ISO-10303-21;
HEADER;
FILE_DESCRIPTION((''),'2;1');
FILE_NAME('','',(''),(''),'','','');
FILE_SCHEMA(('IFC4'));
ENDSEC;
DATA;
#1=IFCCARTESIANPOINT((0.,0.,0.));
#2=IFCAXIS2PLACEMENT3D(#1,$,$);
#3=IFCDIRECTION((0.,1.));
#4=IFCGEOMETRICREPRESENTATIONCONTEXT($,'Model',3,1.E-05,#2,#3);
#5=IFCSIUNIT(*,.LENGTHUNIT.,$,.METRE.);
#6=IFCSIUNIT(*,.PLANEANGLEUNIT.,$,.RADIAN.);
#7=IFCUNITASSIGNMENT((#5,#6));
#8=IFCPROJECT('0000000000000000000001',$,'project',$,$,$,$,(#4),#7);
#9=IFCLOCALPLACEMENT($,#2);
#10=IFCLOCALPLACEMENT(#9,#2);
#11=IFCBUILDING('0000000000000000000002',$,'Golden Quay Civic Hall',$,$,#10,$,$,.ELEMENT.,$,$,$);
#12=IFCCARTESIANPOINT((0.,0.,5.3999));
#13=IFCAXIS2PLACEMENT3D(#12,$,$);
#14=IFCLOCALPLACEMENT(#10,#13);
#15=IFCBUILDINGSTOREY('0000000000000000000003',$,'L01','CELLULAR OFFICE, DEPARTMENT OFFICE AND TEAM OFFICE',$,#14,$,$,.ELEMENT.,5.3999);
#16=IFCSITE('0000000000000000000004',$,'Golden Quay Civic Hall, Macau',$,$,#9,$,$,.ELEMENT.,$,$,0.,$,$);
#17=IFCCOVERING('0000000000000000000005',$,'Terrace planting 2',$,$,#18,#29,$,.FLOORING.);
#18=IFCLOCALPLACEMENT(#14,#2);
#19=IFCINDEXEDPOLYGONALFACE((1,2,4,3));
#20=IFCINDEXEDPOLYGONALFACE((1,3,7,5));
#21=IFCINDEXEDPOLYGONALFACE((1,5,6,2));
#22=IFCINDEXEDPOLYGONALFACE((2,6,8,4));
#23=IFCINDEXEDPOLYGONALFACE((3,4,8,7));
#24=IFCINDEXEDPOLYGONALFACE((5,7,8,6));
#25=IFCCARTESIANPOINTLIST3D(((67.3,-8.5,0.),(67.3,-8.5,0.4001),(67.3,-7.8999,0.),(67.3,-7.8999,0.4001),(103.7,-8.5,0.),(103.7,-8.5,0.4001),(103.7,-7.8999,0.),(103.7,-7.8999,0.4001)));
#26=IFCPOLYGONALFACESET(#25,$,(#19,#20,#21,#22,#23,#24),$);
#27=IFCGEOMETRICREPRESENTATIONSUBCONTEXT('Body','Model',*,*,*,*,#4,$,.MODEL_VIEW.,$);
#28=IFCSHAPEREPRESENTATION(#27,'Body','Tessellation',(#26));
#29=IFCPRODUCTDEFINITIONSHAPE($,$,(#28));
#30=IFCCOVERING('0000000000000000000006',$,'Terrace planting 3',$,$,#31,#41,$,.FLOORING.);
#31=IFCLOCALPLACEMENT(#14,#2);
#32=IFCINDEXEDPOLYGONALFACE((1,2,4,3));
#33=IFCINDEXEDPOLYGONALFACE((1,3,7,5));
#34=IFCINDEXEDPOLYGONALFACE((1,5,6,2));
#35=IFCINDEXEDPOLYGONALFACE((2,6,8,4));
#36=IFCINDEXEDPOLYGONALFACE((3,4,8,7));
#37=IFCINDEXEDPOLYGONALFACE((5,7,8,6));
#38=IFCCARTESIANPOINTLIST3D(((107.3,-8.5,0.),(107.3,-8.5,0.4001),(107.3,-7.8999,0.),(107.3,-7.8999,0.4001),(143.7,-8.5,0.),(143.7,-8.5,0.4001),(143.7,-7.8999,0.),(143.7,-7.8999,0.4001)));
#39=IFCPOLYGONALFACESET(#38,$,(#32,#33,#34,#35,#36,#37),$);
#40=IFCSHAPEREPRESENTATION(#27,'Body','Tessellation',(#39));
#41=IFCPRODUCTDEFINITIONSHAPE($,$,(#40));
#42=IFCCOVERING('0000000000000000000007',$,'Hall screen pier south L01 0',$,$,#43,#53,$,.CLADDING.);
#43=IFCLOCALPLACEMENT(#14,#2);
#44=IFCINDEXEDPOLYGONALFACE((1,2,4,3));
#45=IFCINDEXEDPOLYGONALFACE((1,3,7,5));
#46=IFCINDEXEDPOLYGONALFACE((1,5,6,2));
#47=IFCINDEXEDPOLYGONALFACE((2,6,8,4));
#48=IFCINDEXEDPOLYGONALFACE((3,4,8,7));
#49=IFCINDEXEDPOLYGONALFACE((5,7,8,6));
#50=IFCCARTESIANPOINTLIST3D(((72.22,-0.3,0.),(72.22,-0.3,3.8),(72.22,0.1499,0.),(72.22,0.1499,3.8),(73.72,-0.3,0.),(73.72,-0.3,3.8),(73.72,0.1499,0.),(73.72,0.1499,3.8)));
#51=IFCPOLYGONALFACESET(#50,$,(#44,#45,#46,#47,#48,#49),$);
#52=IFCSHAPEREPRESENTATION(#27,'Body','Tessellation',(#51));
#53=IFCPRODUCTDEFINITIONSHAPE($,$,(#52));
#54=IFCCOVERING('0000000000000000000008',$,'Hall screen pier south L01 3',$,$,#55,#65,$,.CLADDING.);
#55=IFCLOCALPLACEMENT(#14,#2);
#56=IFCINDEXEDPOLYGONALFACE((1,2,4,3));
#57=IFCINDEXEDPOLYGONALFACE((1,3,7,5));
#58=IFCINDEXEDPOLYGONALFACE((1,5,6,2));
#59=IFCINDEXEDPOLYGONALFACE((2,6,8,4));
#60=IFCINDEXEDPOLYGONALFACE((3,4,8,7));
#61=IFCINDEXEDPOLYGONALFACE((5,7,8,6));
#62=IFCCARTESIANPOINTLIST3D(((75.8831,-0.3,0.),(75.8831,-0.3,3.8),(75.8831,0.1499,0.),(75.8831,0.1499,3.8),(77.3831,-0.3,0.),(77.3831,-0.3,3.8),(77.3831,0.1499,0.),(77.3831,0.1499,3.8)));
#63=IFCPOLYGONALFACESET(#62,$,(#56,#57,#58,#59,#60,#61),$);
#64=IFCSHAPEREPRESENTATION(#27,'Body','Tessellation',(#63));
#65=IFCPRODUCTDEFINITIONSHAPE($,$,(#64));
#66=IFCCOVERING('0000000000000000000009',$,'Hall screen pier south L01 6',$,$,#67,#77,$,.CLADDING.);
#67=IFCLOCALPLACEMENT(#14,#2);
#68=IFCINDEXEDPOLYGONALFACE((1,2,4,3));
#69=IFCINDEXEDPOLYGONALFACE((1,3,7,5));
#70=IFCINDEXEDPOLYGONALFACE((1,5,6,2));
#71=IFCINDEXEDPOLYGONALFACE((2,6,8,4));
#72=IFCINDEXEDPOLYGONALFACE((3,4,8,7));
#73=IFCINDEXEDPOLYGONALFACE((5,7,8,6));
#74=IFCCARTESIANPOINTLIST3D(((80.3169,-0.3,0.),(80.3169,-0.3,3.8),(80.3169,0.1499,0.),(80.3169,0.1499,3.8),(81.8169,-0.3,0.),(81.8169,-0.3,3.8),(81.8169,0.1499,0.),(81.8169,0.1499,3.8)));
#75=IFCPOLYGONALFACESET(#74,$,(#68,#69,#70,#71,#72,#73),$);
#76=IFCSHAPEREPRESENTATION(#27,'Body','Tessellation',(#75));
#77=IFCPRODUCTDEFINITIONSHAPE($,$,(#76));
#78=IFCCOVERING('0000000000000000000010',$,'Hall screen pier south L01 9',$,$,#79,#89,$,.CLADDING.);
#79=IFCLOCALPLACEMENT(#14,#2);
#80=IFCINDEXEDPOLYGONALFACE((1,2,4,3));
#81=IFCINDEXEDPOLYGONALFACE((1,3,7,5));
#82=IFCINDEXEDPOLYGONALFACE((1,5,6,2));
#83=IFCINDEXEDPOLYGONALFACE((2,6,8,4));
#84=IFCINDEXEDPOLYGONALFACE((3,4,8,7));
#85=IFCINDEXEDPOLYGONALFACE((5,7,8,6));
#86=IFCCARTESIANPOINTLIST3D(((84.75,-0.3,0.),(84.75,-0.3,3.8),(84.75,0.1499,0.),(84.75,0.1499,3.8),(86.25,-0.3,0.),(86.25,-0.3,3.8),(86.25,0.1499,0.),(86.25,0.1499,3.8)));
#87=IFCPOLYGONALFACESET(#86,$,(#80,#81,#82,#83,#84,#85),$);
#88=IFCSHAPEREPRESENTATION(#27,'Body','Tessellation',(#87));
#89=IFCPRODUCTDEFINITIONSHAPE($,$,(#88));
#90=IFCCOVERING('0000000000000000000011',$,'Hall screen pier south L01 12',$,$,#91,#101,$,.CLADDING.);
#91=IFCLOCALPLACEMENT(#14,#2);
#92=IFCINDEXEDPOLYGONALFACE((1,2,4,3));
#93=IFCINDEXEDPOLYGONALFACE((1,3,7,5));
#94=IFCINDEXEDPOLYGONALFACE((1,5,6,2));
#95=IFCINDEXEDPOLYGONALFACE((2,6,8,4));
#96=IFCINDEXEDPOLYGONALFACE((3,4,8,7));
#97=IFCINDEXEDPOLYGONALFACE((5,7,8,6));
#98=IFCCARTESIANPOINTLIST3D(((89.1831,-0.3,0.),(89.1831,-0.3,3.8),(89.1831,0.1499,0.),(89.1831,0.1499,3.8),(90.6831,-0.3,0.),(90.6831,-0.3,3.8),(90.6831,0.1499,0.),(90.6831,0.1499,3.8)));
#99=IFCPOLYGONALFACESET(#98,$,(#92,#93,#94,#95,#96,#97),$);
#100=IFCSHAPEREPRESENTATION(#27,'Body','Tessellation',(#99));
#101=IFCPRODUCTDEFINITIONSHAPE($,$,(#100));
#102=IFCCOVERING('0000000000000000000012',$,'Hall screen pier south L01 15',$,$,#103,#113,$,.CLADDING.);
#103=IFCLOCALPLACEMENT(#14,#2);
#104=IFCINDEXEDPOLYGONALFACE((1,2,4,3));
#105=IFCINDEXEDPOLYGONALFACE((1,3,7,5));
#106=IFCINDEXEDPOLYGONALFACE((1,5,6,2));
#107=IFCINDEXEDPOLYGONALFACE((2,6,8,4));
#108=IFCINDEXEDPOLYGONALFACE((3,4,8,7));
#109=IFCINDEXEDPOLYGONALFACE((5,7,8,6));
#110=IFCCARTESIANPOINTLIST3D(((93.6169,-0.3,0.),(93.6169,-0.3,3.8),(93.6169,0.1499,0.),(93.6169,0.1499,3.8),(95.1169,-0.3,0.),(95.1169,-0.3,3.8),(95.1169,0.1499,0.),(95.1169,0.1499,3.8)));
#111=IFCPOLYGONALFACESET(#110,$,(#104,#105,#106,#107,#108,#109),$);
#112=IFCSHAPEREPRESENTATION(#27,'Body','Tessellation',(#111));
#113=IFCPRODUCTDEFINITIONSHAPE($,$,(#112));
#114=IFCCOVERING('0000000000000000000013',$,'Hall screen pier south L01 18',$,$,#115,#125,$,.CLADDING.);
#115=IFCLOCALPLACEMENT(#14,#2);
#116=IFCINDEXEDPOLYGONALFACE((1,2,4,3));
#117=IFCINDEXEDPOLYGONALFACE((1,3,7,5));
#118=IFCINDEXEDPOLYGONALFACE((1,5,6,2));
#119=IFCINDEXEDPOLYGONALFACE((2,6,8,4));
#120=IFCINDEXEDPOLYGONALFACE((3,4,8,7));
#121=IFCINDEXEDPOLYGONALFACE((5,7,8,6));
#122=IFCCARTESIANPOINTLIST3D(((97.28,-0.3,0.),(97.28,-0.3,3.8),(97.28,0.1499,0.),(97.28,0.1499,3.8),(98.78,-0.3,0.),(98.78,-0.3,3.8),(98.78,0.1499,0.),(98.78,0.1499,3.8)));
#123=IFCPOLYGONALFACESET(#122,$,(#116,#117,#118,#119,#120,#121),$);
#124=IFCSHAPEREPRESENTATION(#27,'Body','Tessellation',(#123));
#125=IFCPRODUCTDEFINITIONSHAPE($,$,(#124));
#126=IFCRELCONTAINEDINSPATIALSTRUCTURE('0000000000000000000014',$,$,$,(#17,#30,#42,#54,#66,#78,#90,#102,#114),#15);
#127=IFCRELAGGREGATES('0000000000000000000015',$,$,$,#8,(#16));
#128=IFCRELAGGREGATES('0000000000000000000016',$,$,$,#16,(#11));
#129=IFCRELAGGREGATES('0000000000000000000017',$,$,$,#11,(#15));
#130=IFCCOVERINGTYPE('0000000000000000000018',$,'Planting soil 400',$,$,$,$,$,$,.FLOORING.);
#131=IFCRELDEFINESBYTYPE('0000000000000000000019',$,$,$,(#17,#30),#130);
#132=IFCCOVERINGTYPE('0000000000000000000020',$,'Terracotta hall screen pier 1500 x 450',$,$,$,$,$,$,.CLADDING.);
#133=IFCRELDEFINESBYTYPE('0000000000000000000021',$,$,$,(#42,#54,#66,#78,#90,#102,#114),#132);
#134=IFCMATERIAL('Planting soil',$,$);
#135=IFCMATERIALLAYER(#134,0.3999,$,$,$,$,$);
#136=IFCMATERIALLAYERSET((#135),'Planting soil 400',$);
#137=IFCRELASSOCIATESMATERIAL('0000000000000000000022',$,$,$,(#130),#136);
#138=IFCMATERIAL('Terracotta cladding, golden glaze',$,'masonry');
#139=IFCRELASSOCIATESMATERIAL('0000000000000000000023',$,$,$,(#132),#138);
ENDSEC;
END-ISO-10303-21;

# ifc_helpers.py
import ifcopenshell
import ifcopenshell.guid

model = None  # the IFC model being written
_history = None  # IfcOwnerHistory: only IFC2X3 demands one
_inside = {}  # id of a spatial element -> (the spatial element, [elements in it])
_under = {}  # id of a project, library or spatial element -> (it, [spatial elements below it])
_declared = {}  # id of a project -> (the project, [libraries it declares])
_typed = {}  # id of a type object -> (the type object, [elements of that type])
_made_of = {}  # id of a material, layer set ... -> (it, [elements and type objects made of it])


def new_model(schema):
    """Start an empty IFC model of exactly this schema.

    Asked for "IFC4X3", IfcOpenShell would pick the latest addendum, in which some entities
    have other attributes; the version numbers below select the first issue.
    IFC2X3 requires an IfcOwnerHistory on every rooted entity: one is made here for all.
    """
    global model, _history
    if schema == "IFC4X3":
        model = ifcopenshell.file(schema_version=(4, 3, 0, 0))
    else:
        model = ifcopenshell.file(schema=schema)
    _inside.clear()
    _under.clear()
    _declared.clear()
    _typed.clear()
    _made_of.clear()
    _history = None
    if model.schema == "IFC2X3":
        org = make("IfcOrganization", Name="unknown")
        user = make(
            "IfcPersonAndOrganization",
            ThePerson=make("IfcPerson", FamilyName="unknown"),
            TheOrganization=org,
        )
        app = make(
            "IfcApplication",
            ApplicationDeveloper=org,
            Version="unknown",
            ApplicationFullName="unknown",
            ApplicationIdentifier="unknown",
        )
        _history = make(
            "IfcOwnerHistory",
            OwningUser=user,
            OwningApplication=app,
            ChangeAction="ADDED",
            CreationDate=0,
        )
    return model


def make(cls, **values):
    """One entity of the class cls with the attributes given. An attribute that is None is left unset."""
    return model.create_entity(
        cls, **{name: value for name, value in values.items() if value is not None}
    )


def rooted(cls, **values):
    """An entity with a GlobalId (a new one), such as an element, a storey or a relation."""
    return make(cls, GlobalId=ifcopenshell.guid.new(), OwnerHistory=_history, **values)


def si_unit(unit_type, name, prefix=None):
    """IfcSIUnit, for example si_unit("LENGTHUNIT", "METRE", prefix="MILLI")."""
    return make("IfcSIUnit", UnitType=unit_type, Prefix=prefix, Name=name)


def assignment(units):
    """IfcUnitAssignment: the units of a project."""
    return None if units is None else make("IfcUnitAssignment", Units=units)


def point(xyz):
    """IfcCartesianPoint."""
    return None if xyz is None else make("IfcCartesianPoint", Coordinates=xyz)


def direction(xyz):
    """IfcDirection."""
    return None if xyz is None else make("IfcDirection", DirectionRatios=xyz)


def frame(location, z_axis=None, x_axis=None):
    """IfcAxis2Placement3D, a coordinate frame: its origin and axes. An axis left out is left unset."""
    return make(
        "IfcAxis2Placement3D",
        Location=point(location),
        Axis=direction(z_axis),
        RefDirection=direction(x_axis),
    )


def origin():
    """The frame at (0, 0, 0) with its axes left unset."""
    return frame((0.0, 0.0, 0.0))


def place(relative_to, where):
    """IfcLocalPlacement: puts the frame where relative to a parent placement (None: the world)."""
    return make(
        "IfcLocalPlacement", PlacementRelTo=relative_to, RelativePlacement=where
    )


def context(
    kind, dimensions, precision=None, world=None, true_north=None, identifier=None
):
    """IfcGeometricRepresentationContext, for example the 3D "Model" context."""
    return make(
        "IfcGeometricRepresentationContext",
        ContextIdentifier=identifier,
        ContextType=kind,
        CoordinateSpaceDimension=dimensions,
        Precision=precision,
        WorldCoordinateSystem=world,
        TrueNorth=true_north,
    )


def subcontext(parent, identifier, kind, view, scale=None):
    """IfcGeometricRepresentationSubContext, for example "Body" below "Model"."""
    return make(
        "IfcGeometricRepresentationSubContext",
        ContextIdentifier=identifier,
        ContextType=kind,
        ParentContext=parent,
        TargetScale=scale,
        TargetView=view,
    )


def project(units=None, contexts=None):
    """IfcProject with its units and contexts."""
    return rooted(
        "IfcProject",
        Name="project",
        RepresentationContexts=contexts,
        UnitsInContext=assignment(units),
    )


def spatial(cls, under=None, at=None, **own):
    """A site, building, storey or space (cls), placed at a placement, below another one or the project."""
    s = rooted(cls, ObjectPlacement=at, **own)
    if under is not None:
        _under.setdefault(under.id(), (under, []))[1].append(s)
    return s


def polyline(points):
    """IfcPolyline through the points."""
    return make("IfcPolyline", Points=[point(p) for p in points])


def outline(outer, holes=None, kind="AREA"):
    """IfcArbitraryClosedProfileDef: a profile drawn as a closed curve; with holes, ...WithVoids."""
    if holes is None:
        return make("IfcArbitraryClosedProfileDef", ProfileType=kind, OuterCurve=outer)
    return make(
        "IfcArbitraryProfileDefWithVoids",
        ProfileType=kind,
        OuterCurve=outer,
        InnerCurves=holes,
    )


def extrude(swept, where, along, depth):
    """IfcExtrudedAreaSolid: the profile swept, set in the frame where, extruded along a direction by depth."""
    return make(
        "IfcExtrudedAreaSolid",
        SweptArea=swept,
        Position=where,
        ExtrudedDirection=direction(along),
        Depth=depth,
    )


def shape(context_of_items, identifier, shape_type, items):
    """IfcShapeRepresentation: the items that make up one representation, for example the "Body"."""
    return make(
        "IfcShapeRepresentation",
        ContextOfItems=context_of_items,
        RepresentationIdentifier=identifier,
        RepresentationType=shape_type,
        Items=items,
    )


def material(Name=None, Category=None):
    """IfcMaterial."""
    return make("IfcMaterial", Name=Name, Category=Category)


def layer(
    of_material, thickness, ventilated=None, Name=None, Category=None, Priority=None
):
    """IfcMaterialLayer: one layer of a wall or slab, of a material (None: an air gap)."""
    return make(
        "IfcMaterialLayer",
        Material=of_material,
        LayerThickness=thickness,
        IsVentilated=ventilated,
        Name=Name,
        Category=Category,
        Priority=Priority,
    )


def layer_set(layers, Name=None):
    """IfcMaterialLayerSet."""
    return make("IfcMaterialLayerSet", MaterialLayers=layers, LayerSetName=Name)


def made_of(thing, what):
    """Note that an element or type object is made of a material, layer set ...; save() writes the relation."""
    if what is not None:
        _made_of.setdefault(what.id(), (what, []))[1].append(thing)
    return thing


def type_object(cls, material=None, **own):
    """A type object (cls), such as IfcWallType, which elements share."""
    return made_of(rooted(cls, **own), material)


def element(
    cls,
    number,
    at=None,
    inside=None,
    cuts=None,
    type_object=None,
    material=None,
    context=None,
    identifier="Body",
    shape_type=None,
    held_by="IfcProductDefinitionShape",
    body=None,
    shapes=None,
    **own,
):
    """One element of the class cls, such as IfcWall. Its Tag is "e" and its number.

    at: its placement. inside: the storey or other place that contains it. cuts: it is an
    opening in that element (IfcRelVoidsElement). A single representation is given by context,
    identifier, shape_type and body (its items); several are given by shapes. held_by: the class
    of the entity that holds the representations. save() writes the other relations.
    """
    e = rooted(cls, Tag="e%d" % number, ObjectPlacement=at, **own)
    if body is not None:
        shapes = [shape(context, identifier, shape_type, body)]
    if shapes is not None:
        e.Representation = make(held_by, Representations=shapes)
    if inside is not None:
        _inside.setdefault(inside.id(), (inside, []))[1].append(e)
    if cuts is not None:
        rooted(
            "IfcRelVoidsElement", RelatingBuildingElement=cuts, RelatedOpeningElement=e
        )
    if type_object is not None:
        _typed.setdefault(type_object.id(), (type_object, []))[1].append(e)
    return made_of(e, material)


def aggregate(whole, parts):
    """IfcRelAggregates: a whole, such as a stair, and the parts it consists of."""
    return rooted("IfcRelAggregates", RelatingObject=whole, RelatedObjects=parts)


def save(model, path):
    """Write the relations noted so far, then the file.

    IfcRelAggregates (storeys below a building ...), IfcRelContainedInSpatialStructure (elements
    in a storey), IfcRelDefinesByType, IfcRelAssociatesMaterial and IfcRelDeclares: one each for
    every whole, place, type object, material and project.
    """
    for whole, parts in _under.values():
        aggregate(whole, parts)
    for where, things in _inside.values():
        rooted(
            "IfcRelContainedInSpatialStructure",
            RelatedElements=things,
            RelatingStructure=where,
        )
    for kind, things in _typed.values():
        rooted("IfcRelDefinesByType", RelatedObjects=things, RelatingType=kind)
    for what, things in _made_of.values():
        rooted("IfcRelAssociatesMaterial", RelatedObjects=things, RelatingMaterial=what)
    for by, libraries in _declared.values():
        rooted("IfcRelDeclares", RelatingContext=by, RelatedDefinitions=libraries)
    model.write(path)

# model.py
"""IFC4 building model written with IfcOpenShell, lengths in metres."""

from ifc_helpers import new_model, si_unit, direction, frame, origin, place, context, subcontext, project, spatial, polyline, outline, extrude, material, layer, layer_set, type_object, element, save


model = new_model("IFC4")

# Units and contexts
model_context = context("Model", 3, precision=1e-05, world=origin(), true_north=direction((0.0, 1.0)))
body_context = subcontext(model_context, "Body", "Model", "MODEL_VIEW")
ifc_project = project(units=[si_unit("LENGTHUNIT", "METRE"), si_unit("PLANEANGLEUNIT", "RADIAN")], contexts=[model_context])

# Site, building, storey
site_placement = place(None, origin())
site = spatial("IfcSite", under=ifc_project, at=site_placement, Name="Golden Quay Civic Hall, Macau", CompositionType="ELEMENT", RefElevation=0.0)
building_placement = place(site_placement, origin())
building = spatial("IfcBuilding", under=site, at=building_placement, Name="Golden Quay Civic Hall", CompositionType="ELEMENT")
storey_placement = place(building_placement, frame((0.0, 0.0, 5.3999)))
storey = spatial("IfcBuildingStorey", under=building, at=storey_placement, Name="L01", Description="CELLULAR OFFICE, DEPARTMENT OFFICE AND TEAM OFFICE", CompositionType="ELEMENT", Elevation=5.3999)

# Coverings
ifc_material_1 = material(Name="Planting soil")
ifc_layer_1 = layer(ifc_material_1, 0.3999)
ifc_layer_set_1 = layer_set([ifc_layer_1], Name="Planting soil 400")
covering_type_1 = type_object("IfcCoveringType", Name="Planting soil 400", PredefinedType="FLOORING", material=ifc_layer_set_1)
covering_1_placement = place(storey_placement, origin())
element("IfcCovering", 1, at=covering_1_placement, inside=storey, type_object=covering_type_1, Name="Terrace planting 2", PredefinedType="FLOORING", context=body_context, shape_type="SweptSolid", body=[
    extrude(outline(polyline([(67.3, -8.5), (103.7, -8.5), (103.7, -7.8999), (67.3, -7.8999), (67.3, -8.5)])), origin(), (0.0, 0.0, 1.0), 0.4001),
])
covering_2_placement = place(storey_placement, origin())
element("IfcCovering", 2, at=covering_2_placement, inside=storey, type_object=covering_type_1, Name="Terrace planting 3", PredefinedType="FLOORING", context=body_context, shape_type="SweptSolid", body=[
    extrude(outline(polyline([(107.3, -8.5), (143.7, -8.5), (143.7, -7.8999), (107.3, -7.8999), (107.3, -8.5)])), origin(), (0.0, 0.0, 1.0), 0.4001),
])
ifc_material_2 = material(Name="Terracotta cladding, golden glaze", Category="masonry")
covering_type_2 = type_object("IfcCoveringType", Name="Terracotta hall screen pier 1500 x 450", PredefinedType="CLADDING", material=ifc_material_2)
covering_3_placement = place(storey_placement, origin())
element("IfcCovering", 3, at=covering_3_placement, inside=storey, type_object=covering_type_2, Name="Hall screen pier south L01 0", PredefinedType="CLADDING", context=body_context, shape_type="SweptSolid", body=[
    extrude(outline(polyline([(72.22, -0.3), (73.72, -0.3), (73.72, 0.1499), (72.22, 0.1499), (72.22, -0.3)])), origin(), (0.0, 0.0, 1.0), 3.8),
])
covering_4_placement = place(storey_placement, origin())
element("IfcCovering", 4, at=covering_4_placement, inside=storey, type_object=covering_type_2, Name="Hall screen pier south L01 3", PredefinedType="CLADDING", context=body_context, shape_type="SweptSolid", body=[
    extrude(outline(polyline([(75.8831, -0.3), (77.3831, -0.3), (77.3831, 0.1499), (75.8831, 0.1499), (75.8831, -0.3)])), origin(), (0.0, 0.0, 1.0), 3.8),
])
covering_5_placement = place(storey_placement, origin())
element("IfcCovering", 5, at=covering_5_placement, inside=storey, type_object=covering_type_2, Name="Hall screen pier south L01 6", PredefinedType="CLADDING", context=body_context, shape_type="SweptSolid", body=[
    extrude(outline(polyline([(80.3169, -0.3), (81.8169, -0.3), (81.8169, 0.1499), (80.3169, 0.1499), (80.3169, -0.3)])), origin(), (0.0, 0.0, 1.0), 3.8),
])
covering_6_placement = place(storey_placement, origin())
element("IfcCovering", 6, at=covering_6_placement, inside=storey, type_object=covering_type_2, Name="Hall screen pier south L01 9", PredefinedType="CLADDING", context=body_context, shape_type="SweptSolid", body=[
    extrude(outline(polyline([(84.75, -0.3), (86.25, -0.3), (86.25, 0.1499), (84.75, 0.1499), (84.75, -0.3)])), origin(), (0.0, 0.0, 1.0), 3.8),
])
covering_7_placement = place(storey_placement, origin())
element("IfcCovering", 7, at=covering_7_placement, inside=storey, type_object=covering_type_2, Name="Hall screen pier south L01 12", PredefinedType="CLADDING", context=body_context, shape_type="SweptSolid", body=[
    extrude(outline(polyline([(89.1831, -0.3), (90.6831, -0.3), (90.6831, 0.1499), (89.1831, 0.1499), (89.1831, -0.3)])), origin(), (0.0, 0.0, 1.0), 3.8),
])
covering_8_placement = place(storey_placement, origin())
element("IfcCovering", 8, at=covering_8_placement, inside=storey, type_object=covering_type_2, Name="Hall screen pier south L01 15", PredefinedType="CLADDING", context=body_context, shape_type="SweptSolid", body=[
    extrude(outline(polyline([(93.6169, -0.3), (95.1169, -0.3), (95.1169, 0.1499), (93.6169, 0.1499), (93.6169, -0.3)])), origin(), (0.0, 0.0, 1.0), 3.8),
])
covering_9_placement = place(storey_placement, origin())
element("IfcCovering", 9, at=covering_9_placement, inside=storey, type_object=covering_type_2, Name="Hall screen pier south L01 18", PredefinedType="CLADDING", context=body_context, shape_type="SweptSolid", body=[
    extrude(outline(polyline([(97.28, -0.3), (98.78, -0.3), (98.78, 0.1499), (97.28, 0.1499), (97.28, -0.3)])), origin(), (0.0, 0.0, 1.0), 3.8),
])

save(model, "model.ifc")
